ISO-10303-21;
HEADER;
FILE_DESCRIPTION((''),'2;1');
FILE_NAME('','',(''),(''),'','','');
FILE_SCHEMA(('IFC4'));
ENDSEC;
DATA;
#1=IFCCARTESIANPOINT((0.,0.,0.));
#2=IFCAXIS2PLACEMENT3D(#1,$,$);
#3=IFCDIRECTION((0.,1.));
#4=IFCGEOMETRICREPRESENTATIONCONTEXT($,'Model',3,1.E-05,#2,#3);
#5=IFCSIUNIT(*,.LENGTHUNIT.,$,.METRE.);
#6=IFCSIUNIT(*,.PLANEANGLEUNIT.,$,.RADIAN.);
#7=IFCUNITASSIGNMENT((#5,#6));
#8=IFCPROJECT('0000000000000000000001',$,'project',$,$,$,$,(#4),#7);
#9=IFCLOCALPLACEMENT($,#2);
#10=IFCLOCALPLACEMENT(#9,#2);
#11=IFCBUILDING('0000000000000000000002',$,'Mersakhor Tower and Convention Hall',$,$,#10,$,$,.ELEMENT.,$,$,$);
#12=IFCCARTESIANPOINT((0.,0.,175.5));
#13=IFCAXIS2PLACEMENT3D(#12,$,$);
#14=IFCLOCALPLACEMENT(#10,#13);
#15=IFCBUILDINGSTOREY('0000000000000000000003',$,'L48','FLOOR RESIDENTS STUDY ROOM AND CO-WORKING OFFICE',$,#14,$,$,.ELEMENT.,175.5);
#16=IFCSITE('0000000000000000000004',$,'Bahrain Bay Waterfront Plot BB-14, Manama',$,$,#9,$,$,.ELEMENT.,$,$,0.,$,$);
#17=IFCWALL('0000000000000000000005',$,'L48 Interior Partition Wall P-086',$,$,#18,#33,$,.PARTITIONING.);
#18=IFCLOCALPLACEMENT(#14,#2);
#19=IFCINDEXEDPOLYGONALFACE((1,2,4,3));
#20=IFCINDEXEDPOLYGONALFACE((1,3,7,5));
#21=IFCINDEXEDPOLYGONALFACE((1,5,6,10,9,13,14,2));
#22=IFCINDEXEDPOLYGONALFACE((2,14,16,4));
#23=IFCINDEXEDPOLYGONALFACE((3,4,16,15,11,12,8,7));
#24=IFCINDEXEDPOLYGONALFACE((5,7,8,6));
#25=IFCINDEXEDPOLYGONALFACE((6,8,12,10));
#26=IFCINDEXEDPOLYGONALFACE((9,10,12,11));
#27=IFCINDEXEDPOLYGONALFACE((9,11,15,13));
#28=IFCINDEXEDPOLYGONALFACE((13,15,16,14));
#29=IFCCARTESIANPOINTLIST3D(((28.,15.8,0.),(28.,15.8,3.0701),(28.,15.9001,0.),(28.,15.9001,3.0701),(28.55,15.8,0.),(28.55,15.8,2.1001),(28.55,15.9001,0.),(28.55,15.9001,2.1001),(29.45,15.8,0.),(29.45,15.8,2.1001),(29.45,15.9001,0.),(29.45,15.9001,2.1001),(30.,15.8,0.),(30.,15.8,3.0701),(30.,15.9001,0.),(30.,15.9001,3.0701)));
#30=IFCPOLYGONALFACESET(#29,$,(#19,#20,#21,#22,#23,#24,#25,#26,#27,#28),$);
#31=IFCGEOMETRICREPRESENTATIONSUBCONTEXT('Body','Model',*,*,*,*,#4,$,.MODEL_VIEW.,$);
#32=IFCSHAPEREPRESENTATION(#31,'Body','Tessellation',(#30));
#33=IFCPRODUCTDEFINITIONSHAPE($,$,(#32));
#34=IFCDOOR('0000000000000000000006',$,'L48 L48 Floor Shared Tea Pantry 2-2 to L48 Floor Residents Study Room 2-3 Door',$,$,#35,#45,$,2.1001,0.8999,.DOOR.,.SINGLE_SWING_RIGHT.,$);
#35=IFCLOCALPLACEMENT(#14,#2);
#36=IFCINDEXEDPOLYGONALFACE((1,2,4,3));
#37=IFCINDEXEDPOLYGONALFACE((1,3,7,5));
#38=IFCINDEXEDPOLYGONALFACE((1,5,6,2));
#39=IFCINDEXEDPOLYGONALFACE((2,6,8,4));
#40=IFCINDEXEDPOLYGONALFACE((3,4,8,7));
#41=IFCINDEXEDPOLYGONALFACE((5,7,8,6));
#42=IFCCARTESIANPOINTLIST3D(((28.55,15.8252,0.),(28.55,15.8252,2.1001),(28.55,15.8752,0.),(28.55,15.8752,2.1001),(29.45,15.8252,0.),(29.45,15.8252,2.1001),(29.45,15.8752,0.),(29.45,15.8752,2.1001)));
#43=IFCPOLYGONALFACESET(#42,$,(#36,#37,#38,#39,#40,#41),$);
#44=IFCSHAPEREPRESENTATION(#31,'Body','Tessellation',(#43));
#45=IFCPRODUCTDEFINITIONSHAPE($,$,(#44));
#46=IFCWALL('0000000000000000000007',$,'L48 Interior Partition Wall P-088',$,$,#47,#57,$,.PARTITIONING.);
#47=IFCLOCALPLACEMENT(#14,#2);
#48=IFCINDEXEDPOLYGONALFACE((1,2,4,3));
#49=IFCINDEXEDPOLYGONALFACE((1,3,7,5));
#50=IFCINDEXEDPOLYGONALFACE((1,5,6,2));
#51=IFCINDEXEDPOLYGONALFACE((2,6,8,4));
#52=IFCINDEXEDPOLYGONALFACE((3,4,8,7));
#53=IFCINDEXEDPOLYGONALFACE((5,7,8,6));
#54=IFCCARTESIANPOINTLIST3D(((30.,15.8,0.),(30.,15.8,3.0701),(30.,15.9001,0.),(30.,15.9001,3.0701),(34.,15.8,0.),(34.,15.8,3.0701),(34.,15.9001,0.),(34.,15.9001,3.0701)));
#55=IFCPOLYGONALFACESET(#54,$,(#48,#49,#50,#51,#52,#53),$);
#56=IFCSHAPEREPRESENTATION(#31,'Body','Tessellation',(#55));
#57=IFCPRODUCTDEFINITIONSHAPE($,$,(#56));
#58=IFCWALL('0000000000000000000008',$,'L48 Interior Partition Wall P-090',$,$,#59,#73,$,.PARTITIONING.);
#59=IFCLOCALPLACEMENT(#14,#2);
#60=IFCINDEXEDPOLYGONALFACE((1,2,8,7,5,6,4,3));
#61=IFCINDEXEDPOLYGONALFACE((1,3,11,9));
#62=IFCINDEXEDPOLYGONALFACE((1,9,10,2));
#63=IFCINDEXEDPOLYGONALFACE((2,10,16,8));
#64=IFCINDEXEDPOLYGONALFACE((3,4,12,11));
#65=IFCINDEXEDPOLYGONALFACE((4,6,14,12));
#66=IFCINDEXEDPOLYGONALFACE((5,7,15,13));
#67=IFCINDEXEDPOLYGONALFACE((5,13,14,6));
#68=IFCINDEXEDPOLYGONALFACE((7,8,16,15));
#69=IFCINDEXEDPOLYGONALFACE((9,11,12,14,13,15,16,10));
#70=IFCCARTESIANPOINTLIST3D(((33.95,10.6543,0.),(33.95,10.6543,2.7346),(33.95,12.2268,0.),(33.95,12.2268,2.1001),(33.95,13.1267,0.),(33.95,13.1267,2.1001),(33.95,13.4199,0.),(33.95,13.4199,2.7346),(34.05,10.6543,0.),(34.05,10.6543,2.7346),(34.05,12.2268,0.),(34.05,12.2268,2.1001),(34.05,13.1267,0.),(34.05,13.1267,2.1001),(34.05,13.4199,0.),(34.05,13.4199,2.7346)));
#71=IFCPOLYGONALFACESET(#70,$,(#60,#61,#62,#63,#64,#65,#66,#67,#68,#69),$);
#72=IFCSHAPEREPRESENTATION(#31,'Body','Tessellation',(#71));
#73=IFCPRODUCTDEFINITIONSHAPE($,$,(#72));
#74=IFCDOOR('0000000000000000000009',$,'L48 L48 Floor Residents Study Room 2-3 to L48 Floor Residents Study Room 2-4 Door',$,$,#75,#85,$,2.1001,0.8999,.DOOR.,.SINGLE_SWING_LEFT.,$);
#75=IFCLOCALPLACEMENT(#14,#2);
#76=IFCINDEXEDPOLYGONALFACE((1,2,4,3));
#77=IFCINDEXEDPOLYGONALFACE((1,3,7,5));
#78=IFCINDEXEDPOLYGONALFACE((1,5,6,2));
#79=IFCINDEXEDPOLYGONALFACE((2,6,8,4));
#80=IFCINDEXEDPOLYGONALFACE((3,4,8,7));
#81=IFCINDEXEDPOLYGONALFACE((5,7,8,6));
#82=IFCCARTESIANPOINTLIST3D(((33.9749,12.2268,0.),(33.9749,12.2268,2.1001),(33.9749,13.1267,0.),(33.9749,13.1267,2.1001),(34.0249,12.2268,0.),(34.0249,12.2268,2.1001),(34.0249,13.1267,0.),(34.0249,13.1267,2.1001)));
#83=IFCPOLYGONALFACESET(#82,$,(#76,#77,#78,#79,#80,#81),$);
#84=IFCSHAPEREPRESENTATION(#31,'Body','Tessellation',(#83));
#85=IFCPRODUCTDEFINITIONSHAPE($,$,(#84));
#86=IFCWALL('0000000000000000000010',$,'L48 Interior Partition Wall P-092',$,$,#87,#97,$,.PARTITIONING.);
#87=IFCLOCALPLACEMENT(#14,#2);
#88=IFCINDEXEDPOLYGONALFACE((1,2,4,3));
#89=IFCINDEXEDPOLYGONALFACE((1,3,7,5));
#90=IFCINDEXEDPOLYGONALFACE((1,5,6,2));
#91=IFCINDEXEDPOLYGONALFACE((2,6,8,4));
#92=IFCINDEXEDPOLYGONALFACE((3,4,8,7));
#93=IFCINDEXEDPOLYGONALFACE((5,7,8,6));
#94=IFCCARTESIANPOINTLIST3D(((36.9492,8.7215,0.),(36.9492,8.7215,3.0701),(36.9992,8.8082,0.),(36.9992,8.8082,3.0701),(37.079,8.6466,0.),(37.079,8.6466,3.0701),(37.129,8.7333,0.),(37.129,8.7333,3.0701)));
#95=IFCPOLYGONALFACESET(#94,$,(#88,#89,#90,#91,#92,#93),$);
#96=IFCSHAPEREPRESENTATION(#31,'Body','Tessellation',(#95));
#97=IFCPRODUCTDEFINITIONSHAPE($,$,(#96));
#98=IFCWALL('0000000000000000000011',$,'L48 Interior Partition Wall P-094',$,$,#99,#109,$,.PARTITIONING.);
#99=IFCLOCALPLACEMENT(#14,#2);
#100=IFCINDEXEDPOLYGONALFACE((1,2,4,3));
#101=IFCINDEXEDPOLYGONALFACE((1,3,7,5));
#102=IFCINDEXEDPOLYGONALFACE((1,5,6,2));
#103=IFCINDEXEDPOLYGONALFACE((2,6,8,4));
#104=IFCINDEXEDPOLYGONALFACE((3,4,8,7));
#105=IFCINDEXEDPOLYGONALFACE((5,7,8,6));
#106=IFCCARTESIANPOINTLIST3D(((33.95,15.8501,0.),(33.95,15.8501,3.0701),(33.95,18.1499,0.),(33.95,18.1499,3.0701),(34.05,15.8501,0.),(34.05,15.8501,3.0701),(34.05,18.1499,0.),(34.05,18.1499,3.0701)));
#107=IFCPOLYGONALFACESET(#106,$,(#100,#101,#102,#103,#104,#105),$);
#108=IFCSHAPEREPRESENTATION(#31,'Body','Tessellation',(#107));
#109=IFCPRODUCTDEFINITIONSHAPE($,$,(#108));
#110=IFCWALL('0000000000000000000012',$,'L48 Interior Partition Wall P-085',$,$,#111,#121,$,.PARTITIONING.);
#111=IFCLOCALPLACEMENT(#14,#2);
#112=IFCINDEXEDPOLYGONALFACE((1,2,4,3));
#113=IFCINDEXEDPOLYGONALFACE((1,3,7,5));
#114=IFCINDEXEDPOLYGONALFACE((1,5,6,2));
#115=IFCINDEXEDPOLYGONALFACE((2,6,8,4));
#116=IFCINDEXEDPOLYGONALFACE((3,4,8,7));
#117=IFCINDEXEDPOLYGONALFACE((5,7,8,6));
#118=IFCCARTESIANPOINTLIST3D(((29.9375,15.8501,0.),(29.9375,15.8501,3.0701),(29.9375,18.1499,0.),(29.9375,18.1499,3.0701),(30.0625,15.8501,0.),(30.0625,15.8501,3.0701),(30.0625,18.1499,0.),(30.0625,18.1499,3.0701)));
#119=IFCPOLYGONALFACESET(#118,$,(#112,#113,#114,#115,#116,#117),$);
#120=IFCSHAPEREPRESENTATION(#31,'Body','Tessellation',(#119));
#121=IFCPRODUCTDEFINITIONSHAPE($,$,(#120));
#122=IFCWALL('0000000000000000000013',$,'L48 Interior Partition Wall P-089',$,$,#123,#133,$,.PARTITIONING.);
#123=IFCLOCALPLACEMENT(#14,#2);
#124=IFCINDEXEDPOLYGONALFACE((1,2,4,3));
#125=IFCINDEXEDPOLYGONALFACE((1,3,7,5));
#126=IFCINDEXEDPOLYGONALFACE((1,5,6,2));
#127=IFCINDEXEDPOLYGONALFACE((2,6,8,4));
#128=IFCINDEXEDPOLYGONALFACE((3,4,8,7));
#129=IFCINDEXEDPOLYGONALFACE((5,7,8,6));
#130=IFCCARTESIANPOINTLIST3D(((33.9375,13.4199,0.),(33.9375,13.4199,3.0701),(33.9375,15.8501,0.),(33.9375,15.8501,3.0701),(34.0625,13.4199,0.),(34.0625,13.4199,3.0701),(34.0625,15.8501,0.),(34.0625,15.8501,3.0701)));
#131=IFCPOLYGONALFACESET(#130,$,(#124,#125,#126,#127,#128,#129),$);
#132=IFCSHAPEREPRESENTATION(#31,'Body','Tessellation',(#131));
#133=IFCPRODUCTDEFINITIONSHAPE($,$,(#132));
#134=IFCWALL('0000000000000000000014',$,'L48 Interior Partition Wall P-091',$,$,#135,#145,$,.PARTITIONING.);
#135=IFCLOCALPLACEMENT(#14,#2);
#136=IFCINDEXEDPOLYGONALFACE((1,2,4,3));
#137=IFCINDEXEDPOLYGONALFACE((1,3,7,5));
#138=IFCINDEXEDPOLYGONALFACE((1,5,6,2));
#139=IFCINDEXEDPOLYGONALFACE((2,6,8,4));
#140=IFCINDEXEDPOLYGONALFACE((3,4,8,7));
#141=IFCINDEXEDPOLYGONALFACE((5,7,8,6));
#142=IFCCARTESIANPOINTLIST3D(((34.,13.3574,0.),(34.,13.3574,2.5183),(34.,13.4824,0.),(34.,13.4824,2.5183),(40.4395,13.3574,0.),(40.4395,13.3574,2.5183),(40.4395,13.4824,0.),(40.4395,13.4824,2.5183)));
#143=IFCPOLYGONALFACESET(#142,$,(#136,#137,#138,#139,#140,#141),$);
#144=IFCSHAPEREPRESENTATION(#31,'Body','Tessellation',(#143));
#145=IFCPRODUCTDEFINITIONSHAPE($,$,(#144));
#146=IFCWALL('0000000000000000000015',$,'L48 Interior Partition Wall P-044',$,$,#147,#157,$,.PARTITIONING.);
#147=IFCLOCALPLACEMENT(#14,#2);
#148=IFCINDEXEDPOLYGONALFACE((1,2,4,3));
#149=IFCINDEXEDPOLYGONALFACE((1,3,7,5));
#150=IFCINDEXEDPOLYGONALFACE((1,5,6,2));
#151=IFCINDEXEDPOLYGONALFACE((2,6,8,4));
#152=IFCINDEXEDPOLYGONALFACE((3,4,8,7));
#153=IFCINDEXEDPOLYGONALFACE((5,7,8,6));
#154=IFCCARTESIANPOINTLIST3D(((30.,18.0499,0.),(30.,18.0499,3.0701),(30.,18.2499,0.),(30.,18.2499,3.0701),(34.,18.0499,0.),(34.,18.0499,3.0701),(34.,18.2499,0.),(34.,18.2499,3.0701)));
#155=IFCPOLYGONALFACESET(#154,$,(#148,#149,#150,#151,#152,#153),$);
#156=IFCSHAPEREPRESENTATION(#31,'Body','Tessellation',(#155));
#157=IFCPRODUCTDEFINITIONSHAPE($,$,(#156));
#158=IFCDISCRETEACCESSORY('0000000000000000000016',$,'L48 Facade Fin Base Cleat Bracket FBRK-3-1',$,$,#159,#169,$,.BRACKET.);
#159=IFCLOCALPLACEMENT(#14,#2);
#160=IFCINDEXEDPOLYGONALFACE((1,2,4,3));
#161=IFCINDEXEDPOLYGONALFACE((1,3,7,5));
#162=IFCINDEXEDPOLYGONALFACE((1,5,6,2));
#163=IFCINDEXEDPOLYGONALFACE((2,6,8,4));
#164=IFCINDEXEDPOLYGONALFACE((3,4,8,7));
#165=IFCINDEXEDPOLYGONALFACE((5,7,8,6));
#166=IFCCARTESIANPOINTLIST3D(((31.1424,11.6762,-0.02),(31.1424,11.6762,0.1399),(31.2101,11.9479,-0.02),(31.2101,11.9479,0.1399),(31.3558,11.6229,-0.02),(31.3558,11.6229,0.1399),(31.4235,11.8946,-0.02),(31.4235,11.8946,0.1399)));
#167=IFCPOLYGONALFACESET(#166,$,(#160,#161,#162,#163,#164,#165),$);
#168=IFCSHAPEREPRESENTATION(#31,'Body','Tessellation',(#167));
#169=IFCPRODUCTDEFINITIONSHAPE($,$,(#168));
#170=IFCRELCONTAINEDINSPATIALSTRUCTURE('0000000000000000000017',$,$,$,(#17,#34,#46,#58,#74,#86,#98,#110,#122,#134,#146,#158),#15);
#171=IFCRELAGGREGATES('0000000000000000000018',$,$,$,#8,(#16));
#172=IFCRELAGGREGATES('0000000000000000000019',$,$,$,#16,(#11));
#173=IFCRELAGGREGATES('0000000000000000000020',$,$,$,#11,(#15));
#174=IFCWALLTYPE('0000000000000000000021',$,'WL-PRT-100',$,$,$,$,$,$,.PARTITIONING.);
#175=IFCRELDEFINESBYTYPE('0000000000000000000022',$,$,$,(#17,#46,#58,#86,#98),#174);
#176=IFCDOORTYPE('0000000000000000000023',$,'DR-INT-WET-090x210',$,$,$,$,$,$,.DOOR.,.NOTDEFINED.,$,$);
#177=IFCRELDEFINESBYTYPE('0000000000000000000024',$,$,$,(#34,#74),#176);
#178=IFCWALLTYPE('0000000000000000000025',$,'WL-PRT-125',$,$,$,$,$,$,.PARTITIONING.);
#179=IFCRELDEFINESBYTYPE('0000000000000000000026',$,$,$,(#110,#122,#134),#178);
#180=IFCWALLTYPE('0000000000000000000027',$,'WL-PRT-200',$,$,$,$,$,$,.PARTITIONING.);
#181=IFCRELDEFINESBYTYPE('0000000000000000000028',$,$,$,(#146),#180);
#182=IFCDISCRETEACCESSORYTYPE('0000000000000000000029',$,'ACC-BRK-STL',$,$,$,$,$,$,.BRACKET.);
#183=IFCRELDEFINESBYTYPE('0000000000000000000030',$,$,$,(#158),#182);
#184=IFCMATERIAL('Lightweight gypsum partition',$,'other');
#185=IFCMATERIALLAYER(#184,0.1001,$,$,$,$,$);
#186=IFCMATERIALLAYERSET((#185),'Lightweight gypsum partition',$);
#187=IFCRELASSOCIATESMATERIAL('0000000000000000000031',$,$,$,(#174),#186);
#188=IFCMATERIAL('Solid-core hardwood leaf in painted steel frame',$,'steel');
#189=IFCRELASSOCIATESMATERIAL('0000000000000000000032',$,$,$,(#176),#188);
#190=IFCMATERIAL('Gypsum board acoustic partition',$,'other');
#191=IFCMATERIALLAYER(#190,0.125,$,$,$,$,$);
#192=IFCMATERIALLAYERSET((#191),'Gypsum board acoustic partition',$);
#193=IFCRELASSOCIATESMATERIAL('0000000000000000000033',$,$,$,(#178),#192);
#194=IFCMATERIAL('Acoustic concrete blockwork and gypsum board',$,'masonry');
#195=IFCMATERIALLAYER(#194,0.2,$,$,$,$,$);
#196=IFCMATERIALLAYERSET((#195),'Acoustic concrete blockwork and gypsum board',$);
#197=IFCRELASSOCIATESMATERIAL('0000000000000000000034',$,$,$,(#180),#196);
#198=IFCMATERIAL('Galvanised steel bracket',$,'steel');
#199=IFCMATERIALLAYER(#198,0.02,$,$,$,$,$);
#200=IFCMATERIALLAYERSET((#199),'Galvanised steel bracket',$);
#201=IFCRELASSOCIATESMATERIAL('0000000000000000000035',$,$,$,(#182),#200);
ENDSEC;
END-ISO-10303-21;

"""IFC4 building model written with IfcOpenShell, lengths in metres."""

from ifc_helpers import new_model, si_unit, direction, frame, frame_2d, origin, origin_2d, place, context, subcontext, project, spatial, rectangle, extrude, material, layer, layer_set, type_object, element, fill, save


model = new_model("IFC4")

# Units and contexts
model_context = context("Model", 3, precision=1e-05, world=origin(), true_north=direction((0.0, 1.0)))
body_context = subcontext(model_context, "Body", "Model", "MODEL_VIEW")
ifc_project = project(units=[si_unit("LENGTHUNIT", "METRE"), si_unit("PLANEANGLEUNIT", "RADIAN")], contexts=[model_context])

# Site, building, storey
site_placement = place(None, origin())
site = spatial("IfcSite", under=ifc_project, at=site_placement, Name="Bahrain Bay Waterfront Plot BB-14, Manama", CompositionType="ELEMENT", RefElevation=0.0)
building_placement = place(site_placement, origin())
building = spatial("IfcBuilding", under=site, at=building_placement, Name="Mersakhor Tower and Convention Hall", CompositionType="ELEMENT")
storey_placement = place(building_placement, frame((0.0, 0.0, 175.5)))
storey = spatial("IfcBuildingStorey", under=building, at=storey_placement, Name="L48", Description="FLOOR RESIDENTS STUDY ROOM AND CO-WORKING OFFICE", CompositionType="ELEMENT", Elevation=175.5)

# Wall, opening, door
ifc_material_1 = material(Name="Lightweight gypsum partition", Category="other")
ifc_layer_1 = layer(ifc_material_1, 0.1001)
ifc_layer_set_1 = layer_set([ifc_layer_1], Name="Lightweight gypsum partition")
wall_type_1 = type_object("IfcWallType", Name="WL-PRT-100", PredefinedType="PARTITIONING", material=ifc_layer_set_1)
wall_1_placement = place(storey_placement, frame((30.0, 15.8501, 0.0), z_axis=(0.0, 0.0, 1.0), x_axis=(-1.0, 0.0, 0.0)))
wall_1 = element("IfcWall", 1, at=wall_1_placement, inside=storey, type_object=wall_type_1, Name="L48 Interior Partition Wall P-086", PredefinedType="PARTITIONING", context=body_context, shape_type="SweptSolid", body=[
    extrude(rectangle(XDim=2.0, YDim=0.1001, at=frame_2d((1.0, 0.0))), origin(), (0.0, 0.0, 1.0), 3.0701),
])
opening_1_placement = place(wall_1_placement, frame((0.55, 0.0, 0.0)))
opening_1 = element("IfcOpeningElement", 2, at=opening_1_placement, cuts=wall_1, PredefinedType="OPENING", context=body_context, shape_type="SweptSolid", body=[
    extrude(rectangle(XDim=0.8999, YDim=2.1001, at=frame_2d((0.45, 1.05))), frame((0.0, 0.0601, 0.0), z_axis=(0.0, -1.0, 0.0), x_axis=(1.0, 0.0, 0.0)), (0.0, 0.0, 1.0), 0.1201),
])
ifc_material_2 = material(Name="Solid-core hardwood leaf in painted steel frame", Category="steel")
door_type_1 = type_object("IfcDoorType", Name="DR-INT-WET-090x210", OperationType="NOTDEFINED", PredefinedType="DOOR", material=ifc_material_2)
door_1_placement = place(opening_1_placement, origin())
door_1 = element("IfcDoor", 3, at=door_1_placement, inside=storey, type_object=door_type_1, Name="L48 L48 Floor Shared Tea Pantry 2-2 to L48 Floor Residents Study Room 2-3 Door", OperationType="SINGLE_SWING_RIGHT", OverallHeight=2.1001, OverallWidth=0.8999, PredefinedType="DOOR", context=body_context, shape_type="SweptSolid", body=[
    extrude(rectangle(XDim=0.8999, YDim=2.1001, at=frame_2d((0.45, 1.05))), frame((0.0, 0.0249, 0.0), z_axis=(0.0, -1.0, 0.0), x_axis=(1.0, 0.0, 0.0)), (0.0, 0.0, 1.0), 0.05),
])
fill(opening_1, door_1)

# Wall
wall_2_placement = place(storey_placement, frame((30.0, 15.8501, 0.0), z_axis=(0.0, 0.0, 1.0), x_axis=(1.0, 0.0, 0.0)))
element("IfcWall", 4, at=wall_2_placement, inside=storey, type_object=wall_type_1, Name="L48 Interior Partition Wall P-088", PredefinedType="PARTITIONING", context=body_context, shape_type="SweptSolid", body=[
    extrude(rectangle(XDim=4.0, YDim=0.1001, at=frame_2d((2.0, 0.0))), origin(), (0.0, 0.0, 1.0), 3.0701),
])

# Wall, opening, door
wall_3_placement = place(storey_placement, frame((34.0, 13.4199, 0.0), z_axis=(0.0, 0.0, 1.0), x_axis=(0.0, -1.0, 0.0)))
wall_3 = element("IfcWall", 5, at=wall_3_placement, inside=storey, type_object=wall_type_1, Name="L48 Interior Partition Wall P-090", PredefinedType="PARTITIONING", context=body_context, shape_type="SweptSolid", body=[
    extrude(rectangle(XDim=2.7656, YDim=0.1001, at=frame_2d((1.3828, 0.0))), origin(), (0.0, 0.0, 1.0), 2.7346),
])
opening_2_placement = place(wall_3_placement, frame((0.2932, 0.0, 0.0)))
opening_2 = element("IfcOpeningElement", 6, at=opening_2_placement, cuts=wall_3, PredefinedType="OPENING", context=body_context, shape_type="SweptSolid", body=[
    extrude(rectangle(XDim=0.8999, YDim=2.1001, at=frame_2d((0.45, 1.05))), frame((0.0, 0.0601, 0.0), z_axis=(0.0, -1.0, 0.0), x_axis=(1.0, 0.0, 0.0)), (0.0, 0.0, 1.0), 0.1201),
])
door_2_placement = place(opening_2_placement, origin())
door_2 = element("IfcDoor", 7, at=door_2_placement, inside=storey, type_object=door_type_1, Name="L48 L48 Floor Residents Study Room 2-3 to L48 Floor Residents Study Room 2-4 Door", OperationType="SINGLE_SWING_LEFT", OverallHeight=2.1001, OverallWidth=0.8999, PredefinedType="DOOR", context=body_context, shape_type="SweptSolid", body=[
    extrude(rectangle(XDim=0.8999, YDim=2.1001, at=frame_2d((0.45, 1.05))), frame((0.0, 0.0249, 0.0), z_axis=(0.0, -1.0, 0.0), x_axis=(1.0, 0.0, 0.0)), (0.0, 0.0, 1.0), 0.05),
])
fill(opening_2, door_2)

# Walls
wall_4_placement = place(storey_placement, frame((37.104, 8.6899, 0.0), z_axis=(0.0, 0.0, 1.0), x_axis=(-0.866131, 0.499816, 0.0)))
element("IfcWall", 8, at=wall_4_placement, inside=storey, type_object=wall_type_1, Name="L48 Interior Partition Wall P-092", PredefinedType="PARTITIONING", context=body_context, shape_type="SweptSolid", body=[
    extrude(rectangle(XDim=0.1499, YDim=0.1001, at=frame_2d((0.075, 0.0))), origin(), (0.0, 0.0, 1.0), 3.0701),
])
wall_5_placement = place(storey_placement, frame((34.0, 15.8501, 0.0), z_axis=(0.0, 0.0, 1.0), x_axis=(0.0, 1.0, 0.0)))
element("IfcWall", 9, at=wall_5_placement, inside=storey, type_object=wall_type_1, Name="L48 Interior Partition Wall P-094", PredefinedType="PARTITIONING", context=body_context, shape_type="SweptSolid", body=[
    extrude(rectangle(XDim=2.2998, YDim=0.1001, at=frame_2d((1.1499, 0.0))), origin(), (0.0, 0.0, 1.0), 3.0701),
])
ifc_material_3 = material(Name="Gypsum board acoustic partition", Category="other")
ifc_layer_2 = layer(ifc_material_3, 0.125)
ifc_layer_set_2 = layer_set([ifc_layer_2], Name="Gypsum board acoustic partition")
wall_type_2 = type_object("IfcWallType", Name="WL-PRT-125", PredefinedType="PARTITIONING", material=ifc_layer_set_2)
wall_6_placement = place(storey_placement, frame((30.0, 18.1499, 0.0), z_axis=(0.0, 0.0, 1.0), x_axis=(0.0, -1.0, 0.0)))
element("IfcWall", 10, at=wall_6_placement, inside=storey, type_object=wall_type_2, Name="L48 Interior Partition Wall P-085", PredefinedType="PARTITIONING", context=body_context, shape_type="SweptSolid", body=[
    extrude(rectangle(XDim=2.2998, YDim=0.125, at=frame_2d((1.1499, 0.0))), origin(), (0.0, 0.0, 1.0), 3.0701),
])
wall_7_placement = place(storey_placement, frame((34.0, 15.8501, 0.0), z_axis=(0.0, 0.0, 1.0), x_axis=(0.0, -1.0, 0.0)))
element("IfcWall", 11, at=wall_7_placement, inside=storey, type_object=wall_type_2, Name="L48 Interior Partition Wall P-089", PredefinedType="PARTITIONING", context=body_context, shape_type="SweptSolid", body=[
    extrude(rectangle(XDim=2.4302, YDim=0.125, at=frame_2d((1.2151, 0.0))), origin(), (0.0, 0.0, 1.0), 3.0701),
])
wall_8_placement = place(storey_placement, frame((34.0, 13.4199, 0.0), z_axis=(0.0, 0.0, 1.0), x_axis=(1.0, 0.0, 0.0)))
element("IfcWall", 12, at=wall_8_placement, inside=storey, type_object=wall_type_2, Name="L48 Interior Partition Wall P-091", PredefinedType="PARTITIONING", context=body_context, shape_type="SweptSolid", body=[
    extrude(rectangle(XDim=6.4395, YDim=0.125, at=frame_2d((3.2197, 0.0))), origin(), (0.0, 0.0, 1.0), 2.5183),
])
ifc_material_4 = material(Name="Acoustic concrete blockwork and gypsum board", Category="masonry")
ifc_layer_3 = layer(ifc_material_4, 0.2)
ifc_layer_set_3 = layer_set([ifc_layer_3], Name="Acoustic concrete blockwork and gypsum board")
wall_type_3 = type_object("IfcWallType", Name="WL-PRT-200", PredefinedType="PARTITIONING", material=ifc_layer_set_3)
wall_9_placement = place(storey_placement, frame((34.0, 18.1499, 0.0), z_axis=(0.0, 0.0, 1.0), x_axis=(-1.0, 0.0, 0.0)))
element("IfcWall", 13, at=wall_9_placement, inside=storey, type_object=wall_type_3, Name="L48 Interior Partition Wall P-044", PredefinedType="PARTITIONING", context=body_context, shape_type="SweptSolid", body=[
    extrude(rectangle(XDim=4.0, YDim=0.2, at=frame_2d((2.0, 0.0))), origin(), (0.0, 0.0, 1.0), 3.0701),
])

# Discrete accessory
ifc_material_5 = material(Name="Galvanised steel bracket", Category="steel")
ifc_layer_4 = layer(ifc_material_5, 0.02)
ifc_layer_set_4 = layer_set([ifc_layer_4], Name="Galvanised steel bracket")
discrete_accessory_type = type_object("IfcDiscreteAccessoryType", Name="ACC-BRK-STL", PredefinedType="BRACKET", material=ifc_layer_set_4)
discrete_accessory_placement = place(storey_placement, frame((31.283, 11.7854, -0.02), z_axis=(0.0, 0.0, 1.0), x_axis=(-0.241922, -0.970296, 0.0)))
element("IfcDiscreteAccessory", 14, at=discrete_accessory_placement, inside=storey, type_object=discrete_accessory_type, Name="L48 Facade Fin Base Cleat Bracket FBRK-3-1", PredefinedType="BRACKET", context=body_context, shape_type="SweptSolid", body=[
    extrude(rectangle(XDim=0.28, YDim=0.22, at=origin_2d()), origin(), (0.0, 0.0, 1.0), 0.1599),
])

save(model, "model.ifc")
